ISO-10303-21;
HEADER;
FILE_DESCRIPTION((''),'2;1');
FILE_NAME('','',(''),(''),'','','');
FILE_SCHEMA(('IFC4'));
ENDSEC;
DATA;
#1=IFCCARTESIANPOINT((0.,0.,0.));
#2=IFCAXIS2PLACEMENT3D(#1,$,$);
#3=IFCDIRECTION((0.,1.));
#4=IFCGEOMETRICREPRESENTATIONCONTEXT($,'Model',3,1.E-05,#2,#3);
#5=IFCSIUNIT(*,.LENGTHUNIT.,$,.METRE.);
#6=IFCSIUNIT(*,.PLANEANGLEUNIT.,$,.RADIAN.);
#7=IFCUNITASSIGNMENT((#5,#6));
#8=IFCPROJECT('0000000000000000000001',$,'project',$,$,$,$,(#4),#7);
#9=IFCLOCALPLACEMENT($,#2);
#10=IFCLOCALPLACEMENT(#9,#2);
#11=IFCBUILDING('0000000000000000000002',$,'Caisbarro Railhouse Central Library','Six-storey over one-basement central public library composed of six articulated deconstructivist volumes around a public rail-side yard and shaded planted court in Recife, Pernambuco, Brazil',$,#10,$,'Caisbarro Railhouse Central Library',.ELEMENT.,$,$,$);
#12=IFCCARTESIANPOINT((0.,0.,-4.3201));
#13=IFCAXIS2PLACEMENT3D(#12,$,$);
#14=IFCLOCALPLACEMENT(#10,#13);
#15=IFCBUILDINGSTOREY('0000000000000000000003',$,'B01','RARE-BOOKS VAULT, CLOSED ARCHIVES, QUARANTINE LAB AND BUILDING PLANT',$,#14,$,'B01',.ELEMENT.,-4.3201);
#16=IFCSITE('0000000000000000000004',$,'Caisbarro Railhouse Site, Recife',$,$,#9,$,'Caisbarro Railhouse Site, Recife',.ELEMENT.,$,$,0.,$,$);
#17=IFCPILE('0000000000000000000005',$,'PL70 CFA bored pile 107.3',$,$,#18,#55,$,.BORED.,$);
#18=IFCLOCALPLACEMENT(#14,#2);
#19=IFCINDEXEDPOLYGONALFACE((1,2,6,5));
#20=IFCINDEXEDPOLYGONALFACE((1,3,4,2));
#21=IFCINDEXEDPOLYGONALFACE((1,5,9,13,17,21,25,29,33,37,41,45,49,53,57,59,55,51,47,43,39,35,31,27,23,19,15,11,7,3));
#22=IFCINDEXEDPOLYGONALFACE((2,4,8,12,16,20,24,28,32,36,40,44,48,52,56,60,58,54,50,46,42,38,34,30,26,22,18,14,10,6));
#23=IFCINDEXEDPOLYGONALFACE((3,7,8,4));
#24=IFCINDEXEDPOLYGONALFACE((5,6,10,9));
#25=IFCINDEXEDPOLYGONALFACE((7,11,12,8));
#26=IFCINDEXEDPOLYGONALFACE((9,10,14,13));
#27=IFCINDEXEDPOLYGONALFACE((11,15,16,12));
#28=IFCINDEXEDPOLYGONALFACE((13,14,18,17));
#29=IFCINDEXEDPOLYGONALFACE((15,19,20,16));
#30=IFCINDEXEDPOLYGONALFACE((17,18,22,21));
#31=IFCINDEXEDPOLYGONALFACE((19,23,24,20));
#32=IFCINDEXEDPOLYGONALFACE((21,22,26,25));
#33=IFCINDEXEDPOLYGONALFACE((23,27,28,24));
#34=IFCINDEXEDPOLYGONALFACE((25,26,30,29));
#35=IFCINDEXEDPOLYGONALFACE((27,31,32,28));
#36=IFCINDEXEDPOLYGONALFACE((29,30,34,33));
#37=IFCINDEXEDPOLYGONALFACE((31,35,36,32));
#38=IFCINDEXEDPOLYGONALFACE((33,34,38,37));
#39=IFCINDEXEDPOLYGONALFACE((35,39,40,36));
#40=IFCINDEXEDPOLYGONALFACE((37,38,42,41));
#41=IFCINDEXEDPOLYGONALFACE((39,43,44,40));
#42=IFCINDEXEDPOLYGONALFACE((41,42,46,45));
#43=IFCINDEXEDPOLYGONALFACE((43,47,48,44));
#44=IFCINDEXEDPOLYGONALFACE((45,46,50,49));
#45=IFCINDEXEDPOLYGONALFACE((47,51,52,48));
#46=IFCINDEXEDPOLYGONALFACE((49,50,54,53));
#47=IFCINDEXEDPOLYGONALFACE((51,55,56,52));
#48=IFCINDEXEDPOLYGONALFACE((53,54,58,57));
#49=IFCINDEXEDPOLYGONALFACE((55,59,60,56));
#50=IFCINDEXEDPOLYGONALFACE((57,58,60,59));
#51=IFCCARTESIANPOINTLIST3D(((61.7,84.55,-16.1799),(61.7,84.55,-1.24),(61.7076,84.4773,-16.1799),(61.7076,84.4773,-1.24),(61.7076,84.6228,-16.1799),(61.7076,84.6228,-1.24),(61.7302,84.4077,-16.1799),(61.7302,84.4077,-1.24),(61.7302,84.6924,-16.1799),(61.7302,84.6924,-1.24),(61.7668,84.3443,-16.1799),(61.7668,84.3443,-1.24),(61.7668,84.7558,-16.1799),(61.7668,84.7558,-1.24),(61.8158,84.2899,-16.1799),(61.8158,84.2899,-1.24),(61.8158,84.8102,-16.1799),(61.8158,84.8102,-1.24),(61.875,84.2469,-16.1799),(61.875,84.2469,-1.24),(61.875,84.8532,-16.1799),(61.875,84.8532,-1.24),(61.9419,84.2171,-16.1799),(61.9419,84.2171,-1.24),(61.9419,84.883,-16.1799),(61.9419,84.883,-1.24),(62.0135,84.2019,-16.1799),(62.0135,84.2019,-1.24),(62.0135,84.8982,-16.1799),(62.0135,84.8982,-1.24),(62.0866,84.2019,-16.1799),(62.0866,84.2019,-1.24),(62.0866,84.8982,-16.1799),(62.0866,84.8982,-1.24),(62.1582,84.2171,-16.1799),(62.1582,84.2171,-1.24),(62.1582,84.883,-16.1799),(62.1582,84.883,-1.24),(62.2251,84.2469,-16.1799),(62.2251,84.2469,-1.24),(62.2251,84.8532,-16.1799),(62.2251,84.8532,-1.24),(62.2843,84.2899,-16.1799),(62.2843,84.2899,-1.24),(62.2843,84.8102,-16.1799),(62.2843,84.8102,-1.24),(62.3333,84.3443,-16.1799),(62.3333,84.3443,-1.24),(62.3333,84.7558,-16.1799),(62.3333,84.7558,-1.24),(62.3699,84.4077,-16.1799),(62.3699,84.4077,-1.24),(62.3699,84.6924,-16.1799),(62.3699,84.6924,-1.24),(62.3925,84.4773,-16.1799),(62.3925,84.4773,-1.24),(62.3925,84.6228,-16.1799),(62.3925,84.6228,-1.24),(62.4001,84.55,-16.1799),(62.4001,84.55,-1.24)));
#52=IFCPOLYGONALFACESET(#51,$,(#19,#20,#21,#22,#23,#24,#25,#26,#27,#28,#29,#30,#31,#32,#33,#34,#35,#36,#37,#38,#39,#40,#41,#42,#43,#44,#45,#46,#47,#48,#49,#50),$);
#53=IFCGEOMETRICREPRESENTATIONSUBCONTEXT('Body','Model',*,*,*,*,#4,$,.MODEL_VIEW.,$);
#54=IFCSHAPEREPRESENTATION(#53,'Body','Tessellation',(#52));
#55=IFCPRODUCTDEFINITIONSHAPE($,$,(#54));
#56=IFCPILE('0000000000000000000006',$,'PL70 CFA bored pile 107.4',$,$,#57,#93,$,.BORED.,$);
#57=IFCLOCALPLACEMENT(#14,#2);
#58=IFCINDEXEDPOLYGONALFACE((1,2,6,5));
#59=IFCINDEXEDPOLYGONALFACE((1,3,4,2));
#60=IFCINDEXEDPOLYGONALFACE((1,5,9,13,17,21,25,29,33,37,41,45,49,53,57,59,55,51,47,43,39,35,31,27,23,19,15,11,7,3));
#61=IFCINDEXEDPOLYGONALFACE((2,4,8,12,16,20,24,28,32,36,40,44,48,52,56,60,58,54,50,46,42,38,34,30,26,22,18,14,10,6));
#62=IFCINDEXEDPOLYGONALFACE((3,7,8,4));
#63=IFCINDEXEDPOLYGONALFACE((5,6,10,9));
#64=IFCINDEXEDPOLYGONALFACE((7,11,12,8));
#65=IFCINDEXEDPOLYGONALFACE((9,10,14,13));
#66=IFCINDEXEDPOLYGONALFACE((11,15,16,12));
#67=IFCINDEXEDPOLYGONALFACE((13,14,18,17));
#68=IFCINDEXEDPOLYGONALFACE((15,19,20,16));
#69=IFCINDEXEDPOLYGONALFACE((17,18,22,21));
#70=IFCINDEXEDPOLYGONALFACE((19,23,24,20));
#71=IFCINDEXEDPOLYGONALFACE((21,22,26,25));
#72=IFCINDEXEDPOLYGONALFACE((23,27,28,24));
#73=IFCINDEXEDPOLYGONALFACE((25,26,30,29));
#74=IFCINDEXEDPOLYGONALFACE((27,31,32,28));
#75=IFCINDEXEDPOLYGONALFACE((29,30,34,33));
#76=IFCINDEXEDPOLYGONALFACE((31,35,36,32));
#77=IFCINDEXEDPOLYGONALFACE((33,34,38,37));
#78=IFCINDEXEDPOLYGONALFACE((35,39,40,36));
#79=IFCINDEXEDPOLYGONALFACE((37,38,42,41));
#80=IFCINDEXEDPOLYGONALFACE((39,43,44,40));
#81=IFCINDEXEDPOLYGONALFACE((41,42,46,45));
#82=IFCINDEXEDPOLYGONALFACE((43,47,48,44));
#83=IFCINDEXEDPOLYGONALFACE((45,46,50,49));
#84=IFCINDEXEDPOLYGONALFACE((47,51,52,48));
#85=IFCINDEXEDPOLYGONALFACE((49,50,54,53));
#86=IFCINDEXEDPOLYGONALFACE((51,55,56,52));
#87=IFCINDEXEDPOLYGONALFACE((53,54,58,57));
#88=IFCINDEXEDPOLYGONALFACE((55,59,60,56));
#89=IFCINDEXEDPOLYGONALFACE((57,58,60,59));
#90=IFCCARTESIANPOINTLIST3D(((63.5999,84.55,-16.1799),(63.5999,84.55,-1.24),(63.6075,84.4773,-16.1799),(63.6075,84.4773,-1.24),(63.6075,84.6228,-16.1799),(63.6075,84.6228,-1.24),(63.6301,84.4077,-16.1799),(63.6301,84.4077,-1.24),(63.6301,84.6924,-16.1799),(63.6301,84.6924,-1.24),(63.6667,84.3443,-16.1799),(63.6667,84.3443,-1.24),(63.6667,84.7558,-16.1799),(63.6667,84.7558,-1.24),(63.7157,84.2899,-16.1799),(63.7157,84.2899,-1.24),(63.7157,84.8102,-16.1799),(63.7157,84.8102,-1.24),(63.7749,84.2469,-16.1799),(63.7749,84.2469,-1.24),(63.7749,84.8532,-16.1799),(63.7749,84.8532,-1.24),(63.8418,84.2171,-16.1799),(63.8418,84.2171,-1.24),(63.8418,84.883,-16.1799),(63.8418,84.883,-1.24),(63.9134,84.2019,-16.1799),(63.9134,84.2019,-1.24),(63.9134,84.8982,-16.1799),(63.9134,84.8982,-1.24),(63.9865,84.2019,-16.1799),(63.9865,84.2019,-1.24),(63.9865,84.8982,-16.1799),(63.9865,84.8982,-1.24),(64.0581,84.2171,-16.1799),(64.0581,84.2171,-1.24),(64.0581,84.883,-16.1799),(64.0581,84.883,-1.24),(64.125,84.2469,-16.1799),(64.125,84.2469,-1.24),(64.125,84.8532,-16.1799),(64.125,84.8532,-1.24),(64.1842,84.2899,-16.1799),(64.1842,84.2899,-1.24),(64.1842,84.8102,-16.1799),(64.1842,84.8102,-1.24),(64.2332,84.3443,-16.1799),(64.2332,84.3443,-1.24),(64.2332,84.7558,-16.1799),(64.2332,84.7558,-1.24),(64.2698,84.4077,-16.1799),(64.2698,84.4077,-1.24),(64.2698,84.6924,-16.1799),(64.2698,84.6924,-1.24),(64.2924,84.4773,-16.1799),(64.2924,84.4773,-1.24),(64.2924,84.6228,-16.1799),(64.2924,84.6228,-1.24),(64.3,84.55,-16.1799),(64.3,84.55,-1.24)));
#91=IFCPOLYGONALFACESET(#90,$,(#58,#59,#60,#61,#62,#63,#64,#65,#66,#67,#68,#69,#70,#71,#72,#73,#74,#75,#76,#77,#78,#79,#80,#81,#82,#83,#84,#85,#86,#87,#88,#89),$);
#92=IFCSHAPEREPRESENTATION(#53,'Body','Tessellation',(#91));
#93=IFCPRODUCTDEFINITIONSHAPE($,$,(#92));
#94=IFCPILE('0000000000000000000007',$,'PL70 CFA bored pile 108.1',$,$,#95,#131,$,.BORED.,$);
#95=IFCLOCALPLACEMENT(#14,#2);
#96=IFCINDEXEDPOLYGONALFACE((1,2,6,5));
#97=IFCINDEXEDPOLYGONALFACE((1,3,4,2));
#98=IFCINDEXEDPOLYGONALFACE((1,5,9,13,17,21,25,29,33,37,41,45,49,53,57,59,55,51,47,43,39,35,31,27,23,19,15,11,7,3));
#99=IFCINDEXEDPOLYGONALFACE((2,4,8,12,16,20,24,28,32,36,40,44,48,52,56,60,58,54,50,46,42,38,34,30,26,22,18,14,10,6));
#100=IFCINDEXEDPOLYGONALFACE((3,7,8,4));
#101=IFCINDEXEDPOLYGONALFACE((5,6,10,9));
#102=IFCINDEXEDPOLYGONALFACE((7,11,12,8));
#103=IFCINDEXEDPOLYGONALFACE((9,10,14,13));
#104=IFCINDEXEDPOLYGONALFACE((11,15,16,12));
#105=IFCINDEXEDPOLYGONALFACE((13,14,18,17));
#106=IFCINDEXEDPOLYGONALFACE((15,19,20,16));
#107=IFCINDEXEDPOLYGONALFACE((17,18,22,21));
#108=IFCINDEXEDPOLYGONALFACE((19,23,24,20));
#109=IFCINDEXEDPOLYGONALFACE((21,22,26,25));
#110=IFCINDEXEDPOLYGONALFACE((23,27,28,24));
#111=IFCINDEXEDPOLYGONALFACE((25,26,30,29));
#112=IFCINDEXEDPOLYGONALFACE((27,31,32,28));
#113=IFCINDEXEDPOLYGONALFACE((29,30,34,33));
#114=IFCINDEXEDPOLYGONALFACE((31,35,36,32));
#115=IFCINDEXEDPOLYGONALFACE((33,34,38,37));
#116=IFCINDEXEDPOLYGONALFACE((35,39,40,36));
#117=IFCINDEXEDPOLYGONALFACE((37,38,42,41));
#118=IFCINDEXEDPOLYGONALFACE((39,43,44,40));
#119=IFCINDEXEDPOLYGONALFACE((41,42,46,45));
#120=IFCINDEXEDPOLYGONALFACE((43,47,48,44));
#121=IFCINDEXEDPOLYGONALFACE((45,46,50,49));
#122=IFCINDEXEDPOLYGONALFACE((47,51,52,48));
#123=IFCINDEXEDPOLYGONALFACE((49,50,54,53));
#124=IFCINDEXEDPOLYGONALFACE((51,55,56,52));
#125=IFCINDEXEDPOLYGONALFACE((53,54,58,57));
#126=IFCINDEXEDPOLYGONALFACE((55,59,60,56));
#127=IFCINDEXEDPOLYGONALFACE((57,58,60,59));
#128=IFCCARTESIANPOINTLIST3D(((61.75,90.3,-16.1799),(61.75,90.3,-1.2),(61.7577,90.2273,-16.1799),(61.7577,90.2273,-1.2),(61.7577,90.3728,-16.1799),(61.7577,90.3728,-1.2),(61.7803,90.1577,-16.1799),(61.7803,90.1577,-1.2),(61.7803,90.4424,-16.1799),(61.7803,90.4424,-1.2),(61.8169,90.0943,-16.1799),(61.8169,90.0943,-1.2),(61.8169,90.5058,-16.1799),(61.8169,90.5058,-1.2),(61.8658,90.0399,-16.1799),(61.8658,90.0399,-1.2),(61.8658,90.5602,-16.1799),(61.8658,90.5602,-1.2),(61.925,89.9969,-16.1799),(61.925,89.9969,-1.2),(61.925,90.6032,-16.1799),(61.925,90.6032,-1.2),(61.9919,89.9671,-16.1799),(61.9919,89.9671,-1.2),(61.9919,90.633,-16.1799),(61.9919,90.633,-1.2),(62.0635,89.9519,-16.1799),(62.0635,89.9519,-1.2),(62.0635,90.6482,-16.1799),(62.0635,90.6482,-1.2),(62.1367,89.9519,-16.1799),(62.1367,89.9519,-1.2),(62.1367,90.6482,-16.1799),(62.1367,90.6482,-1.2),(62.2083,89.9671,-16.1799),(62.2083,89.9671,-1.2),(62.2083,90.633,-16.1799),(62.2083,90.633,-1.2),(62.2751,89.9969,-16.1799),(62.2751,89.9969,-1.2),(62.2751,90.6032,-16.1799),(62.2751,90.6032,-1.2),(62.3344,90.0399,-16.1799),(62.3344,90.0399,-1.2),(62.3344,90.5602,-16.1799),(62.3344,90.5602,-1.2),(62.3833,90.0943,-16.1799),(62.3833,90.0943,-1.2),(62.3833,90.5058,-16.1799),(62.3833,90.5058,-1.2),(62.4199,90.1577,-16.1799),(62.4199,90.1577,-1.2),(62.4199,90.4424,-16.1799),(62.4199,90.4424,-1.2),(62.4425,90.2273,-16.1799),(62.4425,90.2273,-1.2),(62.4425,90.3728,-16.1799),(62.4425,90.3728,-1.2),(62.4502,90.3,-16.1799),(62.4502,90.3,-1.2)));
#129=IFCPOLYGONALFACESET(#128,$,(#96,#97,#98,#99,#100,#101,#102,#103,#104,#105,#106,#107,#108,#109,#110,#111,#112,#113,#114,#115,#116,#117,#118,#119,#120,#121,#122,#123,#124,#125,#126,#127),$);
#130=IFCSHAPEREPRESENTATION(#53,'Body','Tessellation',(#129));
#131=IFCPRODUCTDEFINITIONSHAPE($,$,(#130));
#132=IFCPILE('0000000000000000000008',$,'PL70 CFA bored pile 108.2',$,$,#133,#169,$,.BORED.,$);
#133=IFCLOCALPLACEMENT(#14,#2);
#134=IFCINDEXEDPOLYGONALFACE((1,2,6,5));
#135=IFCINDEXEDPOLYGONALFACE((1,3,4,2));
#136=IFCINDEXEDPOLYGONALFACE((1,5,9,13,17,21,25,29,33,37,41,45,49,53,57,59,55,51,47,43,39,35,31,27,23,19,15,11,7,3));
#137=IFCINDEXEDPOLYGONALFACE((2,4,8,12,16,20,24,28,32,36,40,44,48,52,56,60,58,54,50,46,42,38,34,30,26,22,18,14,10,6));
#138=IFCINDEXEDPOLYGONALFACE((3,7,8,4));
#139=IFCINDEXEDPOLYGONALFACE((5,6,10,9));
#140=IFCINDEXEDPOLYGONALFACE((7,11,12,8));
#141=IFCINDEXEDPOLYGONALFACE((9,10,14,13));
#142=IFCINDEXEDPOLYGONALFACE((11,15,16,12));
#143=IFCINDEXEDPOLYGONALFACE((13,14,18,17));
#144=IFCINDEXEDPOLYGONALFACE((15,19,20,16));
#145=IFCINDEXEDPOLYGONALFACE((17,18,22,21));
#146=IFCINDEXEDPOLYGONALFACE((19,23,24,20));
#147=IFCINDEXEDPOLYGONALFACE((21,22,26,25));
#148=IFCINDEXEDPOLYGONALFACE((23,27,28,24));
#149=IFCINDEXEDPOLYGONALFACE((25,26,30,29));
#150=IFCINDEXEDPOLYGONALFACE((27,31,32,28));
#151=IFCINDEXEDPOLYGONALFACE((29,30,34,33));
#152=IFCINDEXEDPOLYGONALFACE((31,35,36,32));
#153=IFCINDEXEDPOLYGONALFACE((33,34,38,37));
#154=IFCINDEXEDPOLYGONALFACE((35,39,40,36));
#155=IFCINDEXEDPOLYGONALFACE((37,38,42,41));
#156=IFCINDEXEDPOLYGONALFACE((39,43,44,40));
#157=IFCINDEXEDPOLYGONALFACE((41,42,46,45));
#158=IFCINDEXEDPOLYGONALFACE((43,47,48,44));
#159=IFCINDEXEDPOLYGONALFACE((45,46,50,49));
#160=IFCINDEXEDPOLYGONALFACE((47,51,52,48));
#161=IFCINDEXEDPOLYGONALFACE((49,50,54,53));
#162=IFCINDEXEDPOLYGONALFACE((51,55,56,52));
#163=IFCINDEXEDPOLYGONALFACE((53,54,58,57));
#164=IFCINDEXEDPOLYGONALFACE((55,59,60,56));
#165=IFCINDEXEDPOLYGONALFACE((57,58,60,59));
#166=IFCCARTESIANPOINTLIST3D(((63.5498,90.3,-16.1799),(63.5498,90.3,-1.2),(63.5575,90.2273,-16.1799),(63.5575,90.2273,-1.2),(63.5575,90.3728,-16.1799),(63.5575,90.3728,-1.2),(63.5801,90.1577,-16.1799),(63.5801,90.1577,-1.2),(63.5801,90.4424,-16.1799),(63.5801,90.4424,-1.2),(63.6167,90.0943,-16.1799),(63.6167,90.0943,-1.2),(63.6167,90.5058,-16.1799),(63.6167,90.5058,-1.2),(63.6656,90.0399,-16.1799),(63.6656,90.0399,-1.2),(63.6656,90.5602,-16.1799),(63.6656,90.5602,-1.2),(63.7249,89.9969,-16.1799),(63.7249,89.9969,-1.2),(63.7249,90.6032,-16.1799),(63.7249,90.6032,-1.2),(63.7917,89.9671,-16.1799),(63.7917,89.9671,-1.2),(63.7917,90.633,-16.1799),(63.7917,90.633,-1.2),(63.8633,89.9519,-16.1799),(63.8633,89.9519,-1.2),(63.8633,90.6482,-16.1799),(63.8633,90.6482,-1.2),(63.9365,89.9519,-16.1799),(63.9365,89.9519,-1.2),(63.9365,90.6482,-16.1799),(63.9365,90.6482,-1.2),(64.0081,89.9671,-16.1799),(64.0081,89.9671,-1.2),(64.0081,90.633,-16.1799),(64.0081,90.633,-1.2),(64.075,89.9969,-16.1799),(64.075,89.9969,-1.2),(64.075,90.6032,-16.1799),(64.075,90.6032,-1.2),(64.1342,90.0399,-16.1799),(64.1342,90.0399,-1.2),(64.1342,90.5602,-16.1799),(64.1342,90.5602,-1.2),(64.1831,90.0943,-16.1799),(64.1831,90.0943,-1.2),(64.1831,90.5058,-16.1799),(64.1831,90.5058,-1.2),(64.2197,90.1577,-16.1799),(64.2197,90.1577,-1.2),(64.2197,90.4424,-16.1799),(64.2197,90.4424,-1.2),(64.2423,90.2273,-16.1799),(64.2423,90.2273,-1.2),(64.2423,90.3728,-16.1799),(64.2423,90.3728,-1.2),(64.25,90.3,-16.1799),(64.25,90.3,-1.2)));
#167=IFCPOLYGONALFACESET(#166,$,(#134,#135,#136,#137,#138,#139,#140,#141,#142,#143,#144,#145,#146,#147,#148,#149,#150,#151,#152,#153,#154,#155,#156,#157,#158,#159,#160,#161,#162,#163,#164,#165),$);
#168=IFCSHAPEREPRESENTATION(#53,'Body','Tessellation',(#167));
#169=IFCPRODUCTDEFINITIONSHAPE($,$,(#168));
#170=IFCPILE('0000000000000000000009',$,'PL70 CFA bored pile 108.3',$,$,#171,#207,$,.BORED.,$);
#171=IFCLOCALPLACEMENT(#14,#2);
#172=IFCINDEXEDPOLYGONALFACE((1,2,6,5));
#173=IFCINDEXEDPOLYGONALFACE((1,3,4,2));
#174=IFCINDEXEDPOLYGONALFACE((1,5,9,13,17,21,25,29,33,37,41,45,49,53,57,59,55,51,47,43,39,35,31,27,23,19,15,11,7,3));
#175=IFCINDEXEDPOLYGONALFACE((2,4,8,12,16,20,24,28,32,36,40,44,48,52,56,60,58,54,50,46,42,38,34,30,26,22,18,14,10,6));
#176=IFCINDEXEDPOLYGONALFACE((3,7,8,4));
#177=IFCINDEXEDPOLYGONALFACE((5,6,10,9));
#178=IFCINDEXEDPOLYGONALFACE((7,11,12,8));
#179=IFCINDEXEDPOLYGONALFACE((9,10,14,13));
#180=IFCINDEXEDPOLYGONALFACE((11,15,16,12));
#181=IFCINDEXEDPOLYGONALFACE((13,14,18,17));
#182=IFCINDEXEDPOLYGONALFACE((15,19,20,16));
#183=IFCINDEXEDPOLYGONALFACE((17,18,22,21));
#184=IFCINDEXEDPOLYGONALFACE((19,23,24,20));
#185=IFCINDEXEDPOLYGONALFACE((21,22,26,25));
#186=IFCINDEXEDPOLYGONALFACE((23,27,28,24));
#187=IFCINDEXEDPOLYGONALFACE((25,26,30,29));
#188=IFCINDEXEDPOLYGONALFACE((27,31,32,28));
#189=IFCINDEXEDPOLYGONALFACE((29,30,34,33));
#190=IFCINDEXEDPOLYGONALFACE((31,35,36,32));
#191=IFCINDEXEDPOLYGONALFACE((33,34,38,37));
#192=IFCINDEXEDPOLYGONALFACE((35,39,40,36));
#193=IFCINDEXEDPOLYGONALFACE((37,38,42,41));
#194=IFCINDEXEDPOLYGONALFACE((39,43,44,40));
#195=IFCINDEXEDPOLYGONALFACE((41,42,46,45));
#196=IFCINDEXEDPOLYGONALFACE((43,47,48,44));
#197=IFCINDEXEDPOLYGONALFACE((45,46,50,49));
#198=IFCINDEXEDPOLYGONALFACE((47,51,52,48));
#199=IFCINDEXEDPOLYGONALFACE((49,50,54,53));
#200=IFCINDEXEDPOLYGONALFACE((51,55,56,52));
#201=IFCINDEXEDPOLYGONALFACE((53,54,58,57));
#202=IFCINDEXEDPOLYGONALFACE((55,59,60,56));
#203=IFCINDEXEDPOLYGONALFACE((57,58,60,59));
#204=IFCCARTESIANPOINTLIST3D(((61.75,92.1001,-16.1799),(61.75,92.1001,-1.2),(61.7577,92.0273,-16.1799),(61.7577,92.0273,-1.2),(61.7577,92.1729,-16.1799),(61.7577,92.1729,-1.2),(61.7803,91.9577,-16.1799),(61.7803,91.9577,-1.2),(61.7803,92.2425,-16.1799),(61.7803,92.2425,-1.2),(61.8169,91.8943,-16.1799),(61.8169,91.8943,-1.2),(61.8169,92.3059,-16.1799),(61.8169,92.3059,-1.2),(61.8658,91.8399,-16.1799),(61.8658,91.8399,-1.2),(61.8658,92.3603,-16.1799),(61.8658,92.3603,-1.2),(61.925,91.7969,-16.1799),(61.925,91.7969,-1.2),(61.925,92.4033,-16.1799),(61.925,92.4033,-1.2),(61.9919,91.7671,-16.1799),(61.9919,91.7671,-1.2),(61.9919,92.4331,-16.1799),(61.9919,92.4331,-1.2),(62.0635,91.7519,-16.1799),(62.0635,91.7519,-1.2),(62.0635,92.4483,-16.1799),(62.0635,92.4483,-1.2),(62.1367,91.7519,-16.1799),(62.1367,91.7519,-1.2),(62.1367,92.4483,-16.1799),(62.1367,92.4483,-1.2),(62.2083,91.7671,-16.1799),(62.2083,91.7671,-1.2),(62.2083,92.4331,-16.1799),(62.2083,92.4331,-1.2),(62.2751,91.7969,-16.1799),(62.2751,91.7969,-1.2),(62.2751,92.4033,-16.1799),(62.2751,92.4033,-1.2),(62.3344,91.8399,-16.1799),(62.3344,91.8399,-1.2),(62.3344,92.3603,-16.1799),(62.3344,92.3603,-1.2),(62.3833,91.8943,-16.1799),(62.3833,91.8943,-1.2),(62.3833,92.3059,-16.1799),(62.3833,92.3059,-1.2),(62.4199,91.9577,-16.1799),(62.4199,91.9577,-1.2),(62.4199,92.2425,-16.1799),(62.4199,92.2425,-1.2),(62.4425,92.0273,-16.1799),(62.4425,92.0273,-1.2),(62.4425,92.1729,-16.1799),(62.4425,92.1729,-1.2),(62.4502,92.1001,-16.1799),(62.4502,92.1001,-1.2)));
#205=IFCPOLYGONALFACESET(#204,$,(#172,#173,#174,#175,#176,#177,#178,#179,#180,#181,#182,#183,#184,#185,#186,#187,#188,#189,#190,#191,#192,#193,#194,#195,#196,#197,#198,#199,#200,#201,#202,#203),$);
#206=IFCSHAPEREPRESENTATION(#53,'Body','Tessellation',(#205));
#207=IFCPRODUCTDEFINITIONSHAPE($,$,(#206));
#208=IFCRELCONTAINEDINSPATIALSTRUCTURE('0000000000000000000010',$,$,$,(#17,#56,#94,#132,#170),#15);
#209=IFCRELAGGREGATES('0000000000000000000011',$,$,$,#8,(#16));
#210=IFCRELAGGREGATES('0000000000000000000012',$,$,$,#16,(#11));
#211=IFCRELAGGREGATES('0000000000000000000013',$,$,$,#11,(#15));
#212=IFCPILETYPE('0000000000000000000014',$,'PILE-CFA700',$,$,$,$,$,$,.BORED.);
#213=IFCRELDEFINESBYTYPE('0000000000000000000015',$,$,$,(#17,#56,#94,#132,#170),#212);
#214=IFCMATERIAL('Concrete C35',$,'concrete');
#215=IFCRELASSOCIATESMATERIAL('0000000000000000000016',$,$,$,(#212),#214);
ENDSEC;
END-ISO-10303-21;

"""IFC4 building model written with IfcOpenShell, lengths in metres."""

from ifc_helpers import new_model, si_unit, direction, frame, origin, origin_2d, place, context, subcontext, project, spatial, circle, extrude, material, material_profile, profile_set, type_object, element, save


model = new_model("IFC4")

# Units and contexts
model_context = context("Model", 3, precision=1e-05, world=origin(), true_north=direction((0.0, 1.0)))
body_context = subcontext(model_context, "Body", "Model", "MODEL_VIEW")
ifc_project = project(units=[si_unit("LENGTHUNIT", "METRE"), si_unit("PLANEANGLEUNIT", "RADIAN")], contexts=[model_context])

# Site, building, storey
site_placement = place(None, origin())
site = spatial("IfcSite", under=ifc_project, at=site_placement, Name="Caisbarro Railhouse Site, Recife", LongName="Caisbarro Railhouse Site, Recife", CompositionType="ELEMENT", RefElevation=0.0)
building_placement = place(site_placement, origin())
building = spatial("IfcBuilding", under=site, at=building_placement, Name="Caisbarro Railhouse Central Library", Description="Six-storey over one-basement central public library composed of six articulated deconstructivist volumes around a public rail-side yard and shaded planted court in Recife, Pernambuco, Brazil", LongName="Caisbarro Railhouse Central Library", CompositionType="ELEMENT")
storey_placement = place(building_placement, frame((0.0, 0.0, -4.3201)))
storey = spatial("IfcBuildingStorey", under=building, at=storey_placement, Name="B01", Description="RARE-BOOKS VAULT, CLOSED ARCHIVES, QUARANTINE LAB AND BUILDING PLANT", LongName="B01", CompositionType="ELEMENT", Elevation=-4.3201)

# Shared definitions
ifc_material_1 = material(Name="Concrete C35", Category="concrete")

# Piles
ifc_material_profile_1 = material_profile(ifc_material_1, circle(Radius=0.3501, at=origin_2d()), Name="PILE-CFA-700")
ifc_profile_set_1 = profile_set([ifc_material_profile_1], Name="Concrete C35")
pile_type_1 = type_object("IfcPileType", Name="PILE-CFA700", PredefinedType="BORED", material=ifc_profile_set_1)
for number, where, z_axis, x_axis, name in (
    (1, (62.05, 84.55, -1.24), (0.0, 0.0, -1.0), (1.0, 0.0, 0.0), "PL70 CFA bored pile 107.3"),
    (2, (63.95, 84.55, -1.24), (0.0, 0.0, -1.0), (1.0, 0.0, 0.0), "PL70 CFA bored pile 107.4"),
):
    element("IfcPile", number, at=place(storey_placement, frame(where, z_axis=z_axis, x_axis=x_axis)), inside=storey, type_object=pile_type_1, Name=name, PredefinedType="BORED", context=body_context, shape_type="SweptSolid", body=[
        extrude(circle(Radius=0.3501, at=origin_2d()), origin(), (0.0, 0.0, 1.0), 14.9399),
    ])
for number, where, z_axis, x_axis, name in (
    (3, (62.1001, 90.3, -1.2), (0.0, 0.0, -1.0), (1.0, 0.0, 0.0), "PL70 CFA bored pile 108.1"),
    (4, (63.8999, 90.3, -1.2), (0.0, 0.0, -1.0), (1.0, 0.0, 0.0), "PL70 CFA bored pile 108.2"),
    (5, (62.1001, 92.1001, -1.2), (0.0, 0.0, -1.0), (1.0, 0.0, 0.0), "PL70 CFA bored pile 108.3"),
):
    element("IfcPile", number, at=place(storey_placement, frame(where, z_axis=z_axis, x_axis=x_axis)), inside=storey, type_object=pile_type_1, Name=name, PredefinedType="BORED", context=body_context, shape_type="SweptSolid", body=[
        extrude(circle(Radius=0.3501, at=origin_2d()), origin(), (0.0, 0.0, 1.0), 14.98),
    ])

save(model, "model.ifc")
